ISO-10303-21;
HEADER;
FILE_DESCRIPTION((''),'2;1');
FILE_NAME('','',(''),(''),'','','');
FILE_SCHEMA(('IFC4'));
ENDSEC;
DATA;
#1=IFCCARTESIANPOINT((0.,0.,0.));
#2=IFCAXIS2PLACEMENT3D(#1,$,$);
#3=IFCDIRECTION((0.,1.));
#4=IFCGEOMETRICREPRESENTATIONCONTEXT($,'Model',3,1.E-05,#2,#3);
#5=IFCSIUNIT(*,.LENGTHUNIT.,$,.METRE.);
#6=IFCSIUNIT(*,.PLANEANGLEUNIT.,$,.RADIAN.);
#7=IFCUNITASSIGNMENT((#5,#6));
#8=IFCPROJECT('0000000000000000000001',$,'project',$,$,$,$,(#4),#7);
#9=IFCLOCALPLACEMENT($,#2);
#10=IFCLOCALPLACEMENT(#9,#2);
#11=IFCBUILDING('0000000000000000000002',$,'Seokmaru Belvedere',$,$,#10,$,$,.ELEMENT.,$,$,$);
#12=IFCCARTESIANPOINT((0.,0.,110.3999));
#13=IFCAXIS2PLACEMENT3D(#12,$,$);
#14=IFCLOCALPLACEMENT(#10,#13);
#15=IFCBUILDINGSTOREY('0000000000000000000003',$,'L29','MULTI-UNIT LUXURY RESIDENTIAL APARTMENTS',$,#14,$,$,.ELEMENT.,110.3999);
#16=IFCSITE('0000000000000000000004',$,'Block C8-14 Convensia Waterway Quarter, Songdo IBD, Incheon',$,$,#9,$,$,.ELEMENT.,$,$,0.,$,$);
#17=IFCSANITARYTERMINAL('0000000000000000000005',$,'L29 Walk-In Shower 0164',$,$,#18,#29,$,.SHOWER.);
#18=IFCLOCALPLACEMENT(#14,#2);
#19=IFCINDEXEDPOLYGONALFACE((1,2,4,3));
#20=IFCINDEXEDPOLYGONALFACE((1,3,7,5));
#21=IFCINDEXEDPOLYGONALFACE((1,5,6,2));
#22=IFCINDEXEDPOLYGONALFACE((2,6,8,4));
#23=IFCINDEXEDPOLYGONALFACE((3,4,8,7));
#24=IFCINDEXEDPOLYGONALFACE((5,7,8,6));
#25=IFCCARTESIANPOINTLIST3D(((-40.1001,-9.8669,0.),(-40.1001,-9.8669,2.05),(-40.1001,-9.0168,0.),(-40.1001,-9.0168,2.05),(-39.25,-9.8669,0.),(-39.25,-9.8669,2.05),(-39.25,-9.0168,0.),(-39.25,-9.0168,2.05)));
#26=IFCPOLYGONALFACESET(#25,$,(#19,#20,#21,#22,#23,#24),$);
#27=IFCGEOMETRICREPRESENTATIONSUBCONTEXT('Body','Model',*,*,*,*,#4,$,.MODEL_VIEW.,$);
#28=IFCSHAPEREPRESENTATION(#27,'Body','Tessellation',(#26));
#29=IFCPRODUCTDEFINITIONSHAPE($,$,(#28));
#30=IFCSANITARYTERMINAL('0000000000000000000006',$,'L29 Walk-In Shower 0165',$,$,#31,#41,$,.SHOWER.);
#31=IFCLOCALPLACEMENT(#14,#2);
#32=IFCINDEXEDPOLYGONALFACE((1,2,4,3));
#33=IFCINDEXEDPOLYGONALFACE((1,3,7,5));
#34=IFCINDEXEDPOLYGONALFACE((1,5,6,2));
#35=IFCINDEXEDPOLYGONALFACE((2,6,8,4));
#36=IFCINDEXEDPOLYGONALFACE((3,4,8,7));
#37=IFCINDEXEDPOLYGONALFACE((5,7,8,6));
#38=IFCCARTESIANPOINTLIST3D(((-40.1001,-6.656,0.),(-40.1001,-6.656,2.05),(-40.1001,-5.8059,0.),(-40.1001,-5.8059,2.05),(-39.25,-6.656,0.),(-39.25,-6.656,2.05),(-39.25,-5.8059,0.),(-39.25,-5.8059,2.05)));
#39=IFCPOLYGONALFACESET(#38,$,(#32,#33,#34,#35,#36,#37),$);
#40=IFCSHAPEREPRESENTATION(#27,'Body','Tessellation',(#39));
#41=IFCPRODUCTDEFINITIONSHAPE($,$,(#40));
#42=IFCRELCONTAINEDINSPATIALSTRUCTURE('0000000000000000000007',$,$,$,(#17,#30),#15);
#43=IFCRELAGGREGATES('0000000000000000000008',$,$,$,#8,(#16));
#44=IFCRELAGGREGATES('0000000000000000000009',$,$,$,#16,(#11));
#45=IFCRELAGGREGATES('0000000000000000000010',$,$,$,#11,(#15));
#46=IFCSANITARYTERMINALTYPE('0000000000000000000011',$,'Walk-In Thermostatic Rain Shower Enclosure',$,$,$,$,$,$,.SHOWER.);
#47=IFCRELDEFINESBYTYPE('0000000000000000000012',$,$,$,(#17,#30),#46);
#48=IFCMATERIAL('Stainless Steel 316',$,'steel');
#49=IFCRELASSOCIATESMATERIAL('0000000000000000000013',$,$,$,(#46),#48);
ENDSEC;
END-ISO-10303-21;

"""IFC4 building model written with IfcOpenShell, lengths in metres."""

from ifc_helpers import new_model, si_unit, direction, frame, origin, origin_2d, place, context, subcontext, project, spatial, rectangle, extrude, source, transform, mapped, material, type_object, type_shapes, element, save


model = new_model("IFC4")

# Units and contexts
model_context = context("Model", 3, precision=1e-05, world=origin(), true_north=direction((0.0, 1.0)))
body_context = subcontext(model_context, "Body", "Model", "MODEL_VIEW")
ifc_project = project(units=[si_unit("LENGTHUNIT", "METRE"), si_unit("PLANEANGLEUNIT", "RADIAN")], contexts=[model_context])

# Site, building, storey
site_placement = place(None, origin())
site = spatial("IfcSite", under=ifc_project, at=site_placement, Name="Block C8-14 Convensia Waterway Quarter, Songdo IBD, Incheon", CompositionType="ELEMENT", RefElevation=0.0)
building_placement = place(site_placement, origin())
building = spatial("IfcBuilding", under=site, at=building_placement, Name="Seokmaru Belvedere", CompositionType="ELEMENT")
storey_placement = place(building_placement, frame((0.0, 0.0, 110.3999)))
storey = spatial("IfcBuildingStorey", under=building, at=storey_placement, Name="L29", Description="MULTI-UNIT LUXURY RESIDENTIAL APARTMENTS", CompositionType="ELEMENT", Elevation=110.3999)

# Sanitary terminals
ifc_material_1 = material(Name="Stainless Steel 316", Category="steel")
sanitary_terminal_type_1 = type_object("IfcSanitaryTerminalType", Name="Walk-In Thermostatic Rain Shower Enclosure", PredefinedType="SHOWER", material=ifc_material_1)
shared_shape_1 = source(origin(), body_context, "Body", "SweptSolid", [
    extrude(rectangle(XDim=0.8501, YDim=0.8501, at=origin_2d()), origin(), (0.0, 0.0, 1.0), 2.05),
])
type_shapes(sanitary_terminal_type_1, [shared_shape_1])
for number, where, z_axis, x_axis, name in (
    (1, (-39.675, -9.4419, 0.0), (0.0, 0.0, 1.0), (1.0, 0.0, 0.0), "L29 Walk-In Shower 0164"),
    (2, (-39.675, -6.231, 0.0), (0.0, 0.0, 1.0), (1.0, 0.0, 0.0), "L29 Walk-In Shower 0165"),
):
    element("IfcSanitaryTerminal", number, at=place(storey_placement, frame(where, z_axis=z_axis, x_axis=x_axis)), inside=storey, type_object=sanitary_terminal_type_1, Name=name, PredefinedType="SHOWER", context=body_context, shape_type="MappedRepresentation", body=[
        mapped(shared_shape_1, transform((0.0, 0.0, 0.0), scale=1.0)),
    ])

save(model, "model.ifc")
